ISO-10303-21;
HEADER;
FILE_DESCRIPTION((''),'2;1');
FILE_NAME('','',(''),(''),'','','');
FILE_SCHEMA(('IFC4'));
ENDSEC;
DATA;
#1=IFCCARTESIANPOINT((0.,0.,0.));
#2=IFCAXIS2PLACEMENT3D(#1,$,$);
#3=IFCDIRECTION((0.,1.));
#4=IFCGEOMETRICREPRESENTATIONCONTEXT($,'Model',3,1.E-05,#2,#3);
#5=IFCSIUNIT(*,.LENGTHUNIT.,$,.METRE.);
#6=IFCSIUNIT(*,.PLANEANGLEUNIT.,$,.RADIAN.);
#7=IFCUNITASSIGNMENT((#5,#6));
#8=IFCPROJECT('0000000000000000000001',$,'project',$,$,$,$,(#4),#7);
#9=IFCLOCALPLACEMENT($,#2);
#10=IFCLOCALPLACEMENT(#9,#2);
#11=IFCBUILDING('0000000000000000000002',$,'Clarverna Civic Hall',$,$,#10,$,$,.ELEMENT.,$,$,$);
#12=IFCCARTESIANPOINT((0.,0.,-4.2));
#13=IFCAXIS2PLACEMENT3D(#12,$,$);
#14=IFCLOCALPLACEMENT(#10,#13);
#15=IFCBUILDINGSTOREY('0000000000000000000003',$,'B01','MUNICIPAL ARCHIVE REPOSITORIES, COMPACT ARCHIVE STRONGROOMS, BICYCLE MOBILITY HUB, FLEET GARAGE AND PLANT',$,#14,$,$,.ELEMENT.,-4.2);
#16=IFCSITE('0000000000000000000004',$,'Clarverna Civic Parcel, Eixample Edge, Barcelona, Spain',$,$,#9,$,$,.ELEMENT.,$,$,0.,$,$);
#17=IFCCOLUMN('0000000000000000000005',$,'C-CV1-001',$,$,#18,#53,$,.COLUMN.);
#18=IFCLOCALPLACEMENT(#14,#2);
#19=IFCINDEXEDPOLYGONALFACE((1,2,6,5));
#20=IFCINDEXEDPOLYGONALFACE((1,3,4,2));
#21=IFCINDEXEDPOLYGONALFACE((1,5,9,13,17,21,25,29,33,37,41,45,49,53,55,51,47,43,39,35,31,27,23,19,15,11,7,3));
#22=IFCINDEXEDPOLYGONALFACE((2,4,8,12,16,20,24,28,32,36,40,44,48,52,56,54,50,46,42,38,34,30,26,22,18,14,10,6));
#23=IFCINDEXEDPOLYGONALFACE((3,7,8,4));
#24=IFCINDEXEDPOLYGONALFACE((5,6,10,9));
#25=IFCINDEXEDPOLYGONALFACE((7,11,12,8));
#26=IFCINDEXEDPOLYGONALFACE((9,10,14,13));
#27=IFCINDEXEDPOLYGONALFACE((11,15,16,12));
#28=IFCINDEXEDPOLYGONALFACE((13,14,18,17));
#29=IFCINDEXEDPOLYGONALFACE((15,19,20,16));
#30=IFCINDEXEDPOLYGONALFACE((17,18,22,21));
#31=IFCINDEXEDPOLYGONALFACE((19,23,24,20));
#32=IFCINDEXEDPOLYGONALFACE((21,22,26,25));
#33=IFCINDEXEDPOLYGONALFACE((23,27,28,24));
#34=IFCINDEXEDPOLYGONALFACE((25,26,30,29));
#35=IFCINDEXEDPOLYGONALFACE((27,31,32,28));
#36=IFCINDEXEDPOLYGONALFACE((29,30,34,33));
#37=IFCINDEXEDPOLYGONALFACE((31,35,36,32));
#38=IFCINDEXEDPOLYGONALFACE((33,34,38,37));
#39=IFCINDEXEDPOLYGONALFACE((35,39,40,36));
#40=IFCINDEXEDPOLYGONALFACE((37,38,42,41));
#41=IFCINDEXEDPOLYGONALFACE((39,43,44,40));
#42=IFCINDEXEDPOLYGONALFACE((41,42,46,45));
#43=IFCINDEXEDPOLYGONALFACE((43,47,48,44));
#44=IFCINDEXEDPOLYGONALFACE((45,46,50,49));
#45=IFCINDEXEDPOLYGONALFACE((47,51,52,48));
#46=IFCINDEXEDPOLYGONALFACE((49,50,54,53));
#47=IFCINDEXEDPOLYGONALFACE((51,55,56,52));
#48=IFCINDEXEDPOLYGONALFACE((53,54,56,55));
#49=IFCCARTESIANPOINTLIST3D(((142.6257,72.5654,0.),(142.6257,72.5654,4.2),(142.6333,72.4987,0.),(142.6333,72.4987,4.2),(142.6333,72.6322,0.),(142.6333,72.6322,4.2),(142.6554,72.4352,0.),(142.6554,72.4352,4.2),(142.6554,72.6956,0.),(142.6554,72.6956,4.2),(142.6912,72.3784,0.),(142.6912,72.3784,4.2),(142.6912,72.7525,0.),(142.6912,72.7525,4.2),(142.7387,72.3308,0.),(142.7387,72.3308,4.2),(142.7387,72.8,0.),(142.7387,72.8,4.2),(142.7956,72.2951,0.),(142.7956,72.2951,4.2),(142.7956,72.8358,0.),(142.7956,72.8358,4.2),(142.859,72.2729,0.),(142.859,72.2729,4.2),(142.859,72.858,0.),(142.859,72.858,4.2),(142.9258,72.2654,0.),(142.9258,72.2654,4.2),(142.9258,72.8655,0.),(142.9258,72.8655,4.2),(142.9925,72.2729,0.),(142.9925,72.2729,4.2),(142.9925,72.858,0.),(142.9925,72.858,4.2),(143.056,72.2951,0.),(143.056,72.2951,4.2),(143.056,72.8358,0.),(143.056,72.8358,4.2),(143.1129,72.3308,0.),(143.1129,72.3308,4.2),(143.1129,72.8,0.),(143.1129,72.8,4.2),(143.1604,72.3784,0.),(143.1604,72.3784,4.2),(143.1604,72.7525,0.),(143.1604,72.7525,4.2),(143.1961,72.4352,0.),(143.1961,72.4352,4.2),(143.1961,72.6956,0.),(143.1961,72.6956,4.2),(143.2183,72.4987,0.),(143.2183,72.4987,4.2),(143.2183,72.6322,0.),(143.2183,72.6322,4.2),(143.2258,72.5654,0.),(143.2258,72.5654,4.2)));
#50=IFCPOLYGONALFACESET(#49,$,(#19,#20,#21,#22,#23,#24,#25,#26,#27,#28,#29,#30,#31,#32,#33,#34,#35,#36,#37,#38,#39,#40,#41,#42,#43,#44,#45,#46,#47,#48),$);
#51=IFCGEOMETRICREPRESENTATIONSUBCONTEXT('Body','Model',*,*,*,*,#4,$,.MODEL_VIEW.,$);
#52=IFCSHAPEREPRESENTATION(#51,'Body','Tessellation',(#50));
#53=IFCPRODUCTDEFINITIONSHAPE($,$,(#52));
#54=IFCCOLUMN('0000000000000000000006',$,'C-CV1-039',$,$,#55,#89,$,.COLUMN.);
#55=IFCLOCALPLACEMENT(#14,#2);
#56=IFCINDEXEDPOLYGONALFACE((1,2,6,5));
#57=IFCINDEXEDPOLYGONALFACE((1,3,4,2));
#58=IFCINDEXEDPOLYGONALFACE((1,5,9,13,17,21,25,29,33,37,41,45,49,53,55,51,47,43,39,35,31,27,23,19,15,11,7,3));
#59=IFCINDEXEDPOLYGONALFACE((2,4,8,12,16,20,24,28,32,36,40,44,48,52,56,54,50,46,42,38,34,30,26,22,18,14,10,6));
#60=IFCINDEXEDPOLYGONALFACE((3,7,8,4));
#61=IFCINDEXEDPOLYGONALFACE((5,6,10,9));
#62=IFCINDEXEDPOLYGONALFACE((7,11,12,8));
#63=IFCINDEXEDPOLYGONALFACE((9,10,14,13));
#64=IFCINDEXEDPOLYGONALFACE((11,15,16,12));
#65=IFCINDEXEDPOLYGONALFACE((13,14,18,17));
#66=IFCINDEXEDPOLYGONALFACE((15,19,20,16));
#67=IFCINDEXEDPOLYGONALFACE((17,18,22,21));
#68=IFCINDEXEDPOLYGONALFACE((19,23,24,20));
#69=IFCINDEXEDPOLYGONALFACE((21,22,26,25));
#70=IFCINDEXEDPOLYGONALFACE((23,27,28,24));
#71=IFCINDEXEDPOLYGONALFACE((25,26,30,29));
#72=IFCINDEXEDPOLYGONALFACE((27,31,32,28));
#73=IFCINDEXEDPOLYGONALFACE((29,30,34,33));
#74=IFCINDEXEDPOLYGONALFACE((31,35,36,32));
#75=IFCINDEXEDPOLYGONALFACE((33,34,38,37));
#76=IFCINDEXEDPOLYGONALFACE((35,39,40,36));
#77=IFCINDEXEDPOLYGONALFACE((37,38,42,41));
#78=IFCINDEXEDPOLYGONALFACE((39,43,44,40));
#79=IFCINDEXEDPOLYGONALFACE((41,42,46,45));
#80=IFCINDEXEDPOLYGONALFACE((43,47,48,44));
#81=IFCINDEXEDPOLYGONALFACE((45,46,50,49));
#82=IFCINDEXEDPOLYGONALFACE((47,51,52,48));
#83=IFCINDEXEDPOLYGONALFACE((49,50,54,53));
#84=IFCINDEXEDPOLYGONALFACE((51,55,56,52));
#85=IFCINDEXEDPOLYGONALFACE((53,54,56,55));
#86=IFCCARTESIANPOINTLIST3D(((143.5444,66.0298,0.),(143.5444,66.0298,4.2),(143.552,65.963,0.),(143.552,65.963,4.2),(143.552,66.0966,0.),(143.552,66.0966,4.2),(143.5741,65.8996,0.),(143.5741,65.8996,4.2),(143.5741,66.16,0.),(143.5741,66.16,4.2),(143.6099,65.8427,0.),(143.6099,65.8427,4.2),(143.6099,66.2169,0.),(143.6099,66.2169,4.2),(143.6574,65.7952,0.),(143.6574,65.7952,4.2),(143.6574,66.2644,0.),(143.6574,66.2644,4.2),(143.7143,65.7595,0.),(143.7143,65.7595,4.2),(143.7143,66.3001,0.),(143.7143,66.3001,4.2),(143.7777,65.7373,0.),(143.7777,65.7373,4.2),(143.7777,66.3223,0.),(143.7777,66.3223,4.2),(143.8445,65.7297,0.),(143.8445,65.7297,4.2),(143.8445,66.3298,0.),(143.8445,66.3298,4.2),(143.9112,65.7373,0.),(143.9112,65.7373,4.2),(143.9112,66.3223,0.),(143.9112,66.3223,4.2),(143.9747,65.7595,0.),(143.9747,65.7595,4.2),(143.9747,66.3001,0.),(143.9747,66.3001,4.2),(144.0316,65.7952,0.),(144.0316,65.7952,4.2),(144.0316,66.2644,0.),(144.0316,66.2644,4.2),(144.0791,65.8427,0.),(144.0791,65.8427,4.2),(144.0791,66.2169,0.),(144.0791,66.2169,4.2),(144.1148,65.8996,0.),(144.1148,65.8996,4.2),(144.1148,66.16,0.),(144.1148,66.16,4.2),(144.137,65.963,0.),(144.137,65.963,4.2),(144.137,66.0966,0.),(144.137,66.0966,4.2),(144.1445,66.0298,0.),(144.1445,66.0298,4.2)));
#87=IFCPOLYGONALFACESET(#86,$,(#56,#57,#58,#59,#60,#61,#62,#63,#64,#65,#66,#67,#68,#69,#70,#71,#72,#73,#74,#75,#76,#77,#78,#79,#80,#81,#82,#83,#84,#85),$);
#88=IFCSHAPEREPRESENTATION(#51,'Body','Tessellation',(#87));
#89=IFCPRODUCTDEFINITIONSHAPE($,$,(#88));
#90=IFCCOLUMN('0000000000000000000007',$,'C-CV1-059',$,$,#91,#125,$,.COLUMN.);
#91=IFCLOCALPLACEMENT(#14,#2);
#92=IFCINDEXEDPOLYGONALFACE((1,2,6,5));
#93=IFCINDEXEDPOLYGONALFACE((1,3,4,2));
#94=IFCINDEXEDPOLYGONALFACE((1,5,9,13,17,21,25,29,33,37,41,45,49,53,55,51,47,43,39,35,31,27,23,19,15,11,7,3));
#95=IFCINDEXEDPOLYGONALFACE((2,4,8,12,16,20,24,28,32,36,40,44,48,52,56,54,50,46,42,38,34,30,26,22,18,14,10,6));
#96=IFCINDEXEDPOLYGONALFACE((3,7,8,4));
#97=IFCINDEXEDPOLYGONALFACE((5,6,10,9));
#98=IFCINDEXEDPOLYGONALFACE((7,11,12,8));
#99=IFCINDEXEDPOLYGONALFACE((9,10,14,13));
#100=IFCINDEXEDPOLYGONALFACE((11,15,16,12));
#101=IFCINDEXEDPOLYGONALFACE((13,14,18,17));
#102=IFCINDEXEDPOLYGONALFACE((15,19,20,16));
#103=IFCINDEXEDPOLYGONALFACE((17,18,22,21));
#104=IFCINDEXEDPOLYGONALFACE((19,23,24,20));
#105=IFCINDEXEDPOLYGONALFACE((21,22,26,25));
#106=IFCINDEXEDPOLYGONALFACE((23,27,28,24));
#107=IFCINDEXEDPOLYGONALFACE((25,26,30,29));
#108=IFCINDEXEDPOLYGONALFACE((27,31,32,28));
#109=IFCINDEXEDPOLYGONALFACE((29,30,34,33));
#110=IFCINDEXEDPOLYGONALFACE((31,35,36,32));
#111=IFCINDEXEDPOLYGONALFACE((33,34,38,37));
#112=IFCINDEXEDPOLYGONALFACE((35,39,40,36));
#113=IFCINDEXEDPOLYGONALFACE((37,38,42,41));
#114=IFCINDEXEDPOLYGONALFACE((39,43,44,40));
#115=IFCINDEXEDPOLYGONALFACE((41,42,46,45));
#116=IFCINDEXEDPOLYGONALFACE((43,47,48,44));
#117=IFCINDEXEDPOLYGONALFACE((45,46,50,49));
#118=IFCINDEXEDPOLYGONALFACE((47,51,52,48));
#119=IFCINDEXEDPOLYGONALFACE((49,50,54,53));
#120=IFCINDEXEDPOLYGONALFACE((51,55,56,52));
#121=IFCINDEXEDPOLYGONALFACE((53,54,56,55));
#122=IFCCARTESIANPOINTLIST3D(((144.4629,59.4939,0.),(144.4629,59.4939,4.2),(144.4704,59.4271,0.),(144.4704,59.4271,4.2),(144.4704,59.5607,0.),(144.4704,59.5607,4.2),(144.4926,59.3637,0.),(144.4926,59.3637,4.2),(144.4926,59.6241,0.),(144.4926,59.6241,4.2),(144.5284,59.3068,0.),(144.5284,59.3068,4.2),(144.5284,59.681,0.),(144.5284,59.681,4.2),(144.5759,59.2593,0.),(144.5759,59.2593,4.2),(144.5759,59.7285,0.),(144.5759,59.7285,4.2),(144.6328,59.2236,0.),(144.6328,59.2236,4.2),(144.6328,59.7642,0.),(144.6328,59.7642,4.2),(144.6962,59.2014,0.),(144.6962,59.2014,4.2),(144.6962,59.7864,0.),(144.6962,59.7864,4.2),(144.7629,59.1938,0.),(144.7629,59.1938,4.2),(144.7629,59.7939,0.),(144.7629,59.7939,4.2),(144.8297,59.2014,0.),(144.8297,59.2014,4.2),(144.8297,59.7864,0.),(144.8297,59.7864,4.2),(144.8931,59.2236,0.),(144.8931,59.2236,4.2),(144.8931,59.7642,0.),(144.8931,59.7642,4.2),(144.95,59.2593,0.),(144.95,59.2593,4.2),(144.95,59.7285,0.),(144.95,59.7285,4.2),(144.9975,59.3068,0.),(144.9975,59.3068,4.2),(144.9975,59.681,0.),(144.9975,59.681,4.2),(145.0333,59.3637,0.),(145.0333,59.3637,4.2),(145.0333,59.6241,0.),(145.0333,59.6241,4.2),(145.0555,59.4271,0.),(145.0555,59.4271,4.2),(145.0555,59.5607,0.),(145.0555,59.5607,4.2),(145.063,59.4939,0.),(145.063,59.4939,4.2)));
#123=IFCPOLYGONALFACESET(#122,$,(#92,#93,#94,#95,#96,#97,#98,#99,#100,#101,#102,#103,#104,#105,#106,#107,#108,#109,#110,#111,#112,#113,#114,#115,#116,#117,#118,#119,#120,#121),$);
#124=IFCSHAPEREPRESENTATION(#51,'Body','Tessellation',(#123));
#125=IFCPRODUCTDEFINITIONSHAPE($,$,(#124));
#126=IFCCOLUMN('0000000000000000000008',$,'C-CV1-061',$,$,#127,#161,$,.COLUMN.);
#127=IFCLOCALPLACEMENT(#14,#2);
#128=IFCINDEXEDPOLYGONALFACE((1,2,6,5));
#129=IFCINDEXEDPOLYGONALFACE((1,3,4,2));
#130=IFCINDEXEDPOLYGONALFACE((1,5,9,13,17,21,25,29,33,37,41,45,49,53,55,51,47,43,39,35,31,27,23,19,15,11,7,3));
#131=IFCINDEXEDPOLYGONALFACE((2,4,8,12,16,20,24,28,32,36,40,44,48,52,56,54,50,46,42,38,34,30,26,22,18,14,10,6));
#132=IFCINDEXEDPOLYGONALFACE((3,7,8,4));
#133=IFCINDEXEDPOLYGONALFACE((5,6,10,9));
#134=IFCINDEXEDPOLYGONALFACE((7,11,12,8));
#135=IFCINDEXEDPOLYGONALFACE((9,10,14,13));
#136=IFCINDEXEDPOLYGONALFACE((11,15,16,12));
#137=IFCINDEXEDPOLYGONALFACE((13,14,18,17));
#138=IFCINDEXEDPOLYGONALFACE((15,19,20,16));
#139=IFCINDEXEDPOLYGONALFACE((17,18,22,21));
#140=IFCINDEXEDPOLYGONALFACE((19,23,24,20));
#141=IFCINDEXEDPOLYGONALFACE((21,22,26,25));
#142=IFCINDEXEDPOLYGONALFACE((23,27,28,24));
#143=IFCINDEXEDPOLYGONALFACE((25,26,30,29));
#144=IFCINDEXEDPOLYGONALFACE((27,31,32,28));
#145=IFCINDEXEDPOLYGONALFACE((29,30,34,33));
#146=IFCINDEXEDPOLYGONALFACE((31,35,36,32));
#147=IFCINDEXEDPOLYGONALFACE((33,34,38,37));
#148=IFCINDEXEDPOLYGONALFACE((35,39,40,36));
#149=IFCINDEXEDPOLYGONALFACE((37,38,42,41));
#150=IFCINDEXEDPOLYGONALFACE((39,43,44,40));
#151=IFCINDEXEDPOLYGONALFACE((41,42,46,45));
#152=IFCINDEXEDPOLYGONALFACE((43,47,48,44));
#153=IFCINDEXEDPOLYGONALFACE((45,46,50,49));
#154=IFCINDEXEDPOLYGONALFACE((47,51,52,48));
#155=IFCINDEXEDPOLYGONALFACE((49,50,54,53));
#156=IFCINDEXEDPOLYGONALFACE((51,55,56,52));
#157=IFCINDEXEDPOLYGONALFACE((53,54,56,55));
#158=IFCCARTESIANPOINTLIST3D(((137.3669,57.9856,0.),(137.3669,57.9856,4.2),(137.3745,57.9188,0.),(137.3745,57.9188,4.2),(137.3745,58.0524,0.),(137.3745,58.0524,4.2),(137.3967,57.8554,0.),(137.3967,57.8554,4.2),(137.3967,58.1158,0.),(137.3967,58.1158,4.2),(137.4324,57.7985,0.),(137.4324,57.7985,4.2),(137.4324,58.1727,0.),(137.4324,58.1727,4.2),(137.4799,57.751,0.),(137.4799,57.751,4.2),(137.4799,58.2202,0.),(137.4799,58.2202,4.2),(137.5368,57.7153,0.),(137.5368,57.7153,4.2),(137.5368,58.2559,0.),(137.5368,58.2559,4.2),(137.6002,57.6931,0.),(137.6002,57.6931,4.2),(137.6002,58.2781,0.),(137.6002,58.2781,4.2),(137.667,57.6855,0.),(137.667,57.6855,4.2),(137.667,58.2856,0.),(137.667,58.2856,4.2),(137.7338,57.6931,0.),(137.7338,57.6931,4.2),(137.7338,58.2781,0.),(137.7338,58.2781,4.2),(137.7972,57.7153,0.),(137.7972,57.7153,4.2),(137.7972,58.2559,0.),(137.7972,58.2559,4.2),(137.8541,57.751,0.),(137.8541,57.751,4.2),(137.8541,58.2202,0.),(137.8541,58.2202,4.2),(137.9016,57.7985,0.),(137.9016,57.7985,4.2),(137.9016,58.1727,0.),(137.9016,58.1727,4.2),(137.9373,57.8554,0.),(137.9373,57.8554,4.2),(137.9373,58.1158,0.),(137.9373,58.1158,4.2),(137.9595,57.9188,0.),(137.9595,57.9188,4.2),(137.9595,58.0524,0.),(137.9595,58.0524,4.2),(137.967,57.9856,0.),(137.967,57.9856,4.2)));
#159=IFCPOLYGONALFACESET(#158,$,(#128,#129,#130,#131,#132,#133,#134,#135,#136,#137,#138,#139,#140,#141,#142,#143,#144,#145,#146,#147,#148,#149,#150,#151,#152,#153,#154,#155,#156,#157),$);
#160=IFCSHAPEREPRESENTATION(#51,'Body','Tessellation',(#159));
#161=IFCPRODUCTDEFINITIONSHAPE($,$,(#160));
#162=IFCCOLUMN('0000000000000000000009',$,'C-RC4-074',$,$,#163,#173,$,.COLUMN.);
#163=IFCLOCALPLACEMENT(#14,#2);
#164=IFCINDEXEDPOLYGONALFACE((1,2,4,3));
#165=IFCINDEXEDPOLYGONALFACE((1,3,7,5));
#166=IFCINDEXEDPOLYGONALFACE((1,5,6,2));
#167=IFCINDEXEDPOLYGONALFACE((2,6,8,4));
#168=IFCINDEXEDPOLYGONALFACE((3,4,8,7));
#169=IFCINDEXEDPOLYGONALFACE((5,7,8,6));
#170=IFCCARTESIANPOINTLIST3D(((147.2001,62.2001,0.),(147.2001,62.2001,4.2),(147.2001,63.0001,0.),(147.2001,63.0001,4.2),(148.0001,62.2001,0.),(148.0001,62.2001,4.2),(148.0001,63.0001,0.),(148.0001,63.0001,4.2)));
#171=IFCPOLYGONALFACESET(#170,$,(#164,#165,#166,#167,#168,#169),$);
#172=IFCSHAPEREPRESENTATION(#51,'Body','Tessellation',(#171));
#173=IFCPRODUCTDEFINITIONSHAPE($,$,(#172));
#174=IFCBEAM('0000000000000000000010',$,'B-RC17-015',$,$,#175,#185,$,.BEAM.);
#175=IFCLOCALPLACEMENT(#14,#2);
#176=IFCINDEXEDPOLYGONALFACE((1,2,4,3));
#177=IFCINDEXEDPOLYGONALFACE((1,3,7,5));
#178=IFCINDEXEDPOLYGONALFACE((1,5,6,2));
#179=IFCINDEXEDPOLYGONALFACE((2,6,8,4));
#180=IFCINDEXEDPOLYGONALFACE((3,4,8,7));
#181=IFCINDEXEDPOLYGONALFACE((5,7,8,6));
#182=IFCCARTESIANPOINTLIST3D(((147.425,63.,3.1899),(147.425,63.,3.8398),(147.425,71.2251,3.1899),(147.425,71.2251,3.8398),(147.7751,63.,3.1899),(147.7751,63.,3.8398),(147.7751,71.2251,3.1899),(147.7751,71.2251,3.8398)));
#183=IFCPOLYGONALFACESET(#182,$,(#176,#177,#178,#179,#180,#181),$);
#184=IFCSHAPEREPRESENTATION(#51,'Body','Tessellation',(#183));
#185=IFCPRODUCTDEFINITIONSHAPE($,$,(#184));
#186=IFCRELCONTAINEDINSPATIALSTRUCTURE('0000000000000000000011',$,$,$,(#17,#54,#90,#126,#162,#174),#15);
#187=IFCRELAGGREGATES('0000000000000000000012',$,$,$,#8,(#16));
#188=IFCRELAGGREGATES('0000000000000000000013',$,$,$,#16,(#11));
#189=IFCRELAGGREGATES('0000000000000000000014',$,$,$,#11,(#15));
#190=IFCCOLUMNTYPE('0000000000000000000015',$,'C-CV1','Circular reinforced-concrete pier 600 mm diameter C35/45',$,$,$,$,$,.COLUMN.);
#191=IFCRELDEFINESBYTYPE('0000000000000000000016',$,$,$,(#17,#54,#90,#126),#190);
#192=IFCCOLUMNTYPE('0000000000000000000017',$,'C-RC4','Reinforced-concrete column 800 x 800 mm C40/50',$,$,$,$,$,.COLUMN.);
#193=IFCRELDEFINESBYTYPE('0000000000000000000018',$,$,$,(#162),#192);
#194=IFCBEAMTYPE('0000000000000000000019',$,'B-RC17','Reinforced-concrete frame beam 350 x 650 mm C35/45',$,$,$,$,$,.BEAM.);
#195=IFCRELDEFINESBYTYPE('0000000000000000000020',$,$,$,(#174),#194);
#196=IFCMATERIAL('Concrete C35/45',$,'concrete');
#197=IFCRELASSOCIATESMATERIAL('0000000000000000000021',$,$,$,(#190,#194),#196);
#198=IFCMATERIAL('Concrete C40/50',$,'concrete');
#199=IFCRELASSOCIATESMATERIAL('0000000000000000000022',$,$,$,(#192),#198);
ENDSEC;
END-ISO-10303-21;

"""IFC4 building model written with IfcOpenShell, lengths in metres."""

from ifc_helpers import new_model, si_unit, direction, frame, origin, origin_2d, place, context, subcontext, project, spatial, rectangle, circle, extrude, material, material_profile, profile_set, type_object, element, save


model = new_model("IFC4")

# Units and contexts
model_context = context("Model", 3, precision=1e-05, world=origin(), true_north=direction((0.0, 1.0)))
body_context = subcontext(model_context, "Body", "Model", "MODEL_VIEW")
ifc_project = project(units=[si_unit("LENGTHUNIT", "METRE"), si_unit("PLANEANGLEUNIT", "RADIAN")], contexts=[model_context])

# Site, building, storey
site_placement = place(None, origin())
site = spatial("IfcSite", under=ifc_project, at=site_placement, Name="Clarverna Civic Parcel, Eixample Edge, Barcelona, Spain", CompositionType="ELEMENT", RefElevation=0.0)
building_placement = place(site_placement, origin())
building = spatial("IfcBuilding", under=site, at=building_placement, Name="Clarverna Civic Hall", CompositionType="ELEMENT")
storey_placement = place(building_placement, frame((0.0, 0.0, -4.2)))
storey = spatial("IfcBuildingStorey", under=building, at=storey_placement, Name="B01", Description="MUNICIPAL ARCHIVE REPOSITORIES, COMPACT ARCHIVE STRONGROOMS, BICYCLE MOBILITY HUB, FLEET GARAGE AND PLANT", CompositionType="ELEMENT", Elevation=-4.2)

# Columns
ifc_material_1 = material(Name="Concrete C35/45", Category="concrete")
ifc_material_profile_1 = material_profile(ifc_material_1, circle(Radius=0.3, at=origin_2d()), Name="RC D600")
ifc_profile_set_1 = profile_set([ifc_material_profile_1], Name="Concrete C35/45")
column_type_1 = type_object("IfcColumnType", Name="C-CV1", Description="Circular reinforced-concrete pier 600 mm diameter C35/45", PredefinedType="COLUMN", material=ifc_profile_set_1)
for number, where, z_axis, x_axis, name in (
    (1, (142.9258, 72.5654, 0.0), (0.0, 0.0, 1.0), (1.0, 0.0, 0.0), "C-CV1-001"),
    (2, (143.8445, 66.0298, 0.0), (0.0, 0.0, 1.0), (1.0, 0.0, 0.0), "C-CV1-039"),
    (3, (144.7629, 59.4939, 0.0), (0.0, 0.0, 1.0), (1.0, 0.0, 0.0), "C-CV1-059"),
    (4, (137.667, 57.9856, 0.0), (0.0, 0.0, 1.0), (1.0, 0.0, 0.0), "C-CV1-061"),
):
    element("IfcColumn", number, at=place(storey_placement, frame(where, z_axis=z_axis, x_axis=x_axis)), inside=storey, type_object=column_type_1, Name=name, PredefinedType="COLUMN", context=body_context, shape_type="SweptSolid", body=[
        extrude(circle(Radius=0.3, at=origin_2d()), origin(), (0.0, 0.0, 1.0), 4.2),
    ])
ifc_material_2 = material(Name="Concrete C40/50", Category="concrete")
ifc_material_profile_2 = material_profile(ifc_material_2, rectangle(XDim=0.8, YDim=0.8, at=origin_2d()), Name="RC 800x800")
ifc_profile_set_2 = profile_set([ifc_material_profile_2], Name="Concrete C40/50")
column_type_2 = type_object("IfcColumnType", Name="C-RC4", Description="Reinforced-concrete column 800 x 800 mm C40/50", PredefinedType="COLUMN", material=ifc_profile_set_2)
column_placement = place(storey_placement, frame((147.6001, 62.6001, 0.0), z_axis=(0.0, 0.0, 1.0), x_axis=(1.0, 0.0, 0.0)))
element("IfcColumn", 5, at=column_placement, inside=storey, type_object=column_type_2, Name="C-RC4-074", PredefinedType="COLUMN", context=body_context, shape_type="SweptSolid", body=[
    extrude(rectangle(XDim=0.8, YDim=0.8, at=origin_2d()), origin(), (0.0, 0.0, 1.0), 4.2),
])

# Beam
ifc_material_profile_3 = material_profile(ifc_material_1, rectangle(XDim=0.3501, YDim=0.6499, at=origin_2d()), Name="RC 350x650")
ifc_profile_set_3 = profile_set([ifc_material_profile_3], Name="Concrete C35/45")
beam_type_1 = type_object("IfcBeamType", Name="B-RC17", Description="Reinforced-concrete frame beam 350 x 650 mm C35/45", PredefinedType="BEAM", material=ifc_profile_set_3)
beam_1_placement = place(storey_placement, frame((147.6001, 63.0, 3.5149), z_axis=(0.0, 1.0, 0.0), x_axis=(-1.0, 0.0, 0.0)))
element("IfcBeam", 6, at=beam_1_placement, inside=storey, type_object=beam_type_1, Name="B-RC17-015", PredefinedType="BEAM", context=body_context, shape_type="SweptSolid", body=[
    extrude(rectangle(XDim=0.3501, YDim=0.6499, at=origin_2d()), origin(), (0.0, 0.0, 1.0), 8.2251),
])

save(model, "model.ifc")
